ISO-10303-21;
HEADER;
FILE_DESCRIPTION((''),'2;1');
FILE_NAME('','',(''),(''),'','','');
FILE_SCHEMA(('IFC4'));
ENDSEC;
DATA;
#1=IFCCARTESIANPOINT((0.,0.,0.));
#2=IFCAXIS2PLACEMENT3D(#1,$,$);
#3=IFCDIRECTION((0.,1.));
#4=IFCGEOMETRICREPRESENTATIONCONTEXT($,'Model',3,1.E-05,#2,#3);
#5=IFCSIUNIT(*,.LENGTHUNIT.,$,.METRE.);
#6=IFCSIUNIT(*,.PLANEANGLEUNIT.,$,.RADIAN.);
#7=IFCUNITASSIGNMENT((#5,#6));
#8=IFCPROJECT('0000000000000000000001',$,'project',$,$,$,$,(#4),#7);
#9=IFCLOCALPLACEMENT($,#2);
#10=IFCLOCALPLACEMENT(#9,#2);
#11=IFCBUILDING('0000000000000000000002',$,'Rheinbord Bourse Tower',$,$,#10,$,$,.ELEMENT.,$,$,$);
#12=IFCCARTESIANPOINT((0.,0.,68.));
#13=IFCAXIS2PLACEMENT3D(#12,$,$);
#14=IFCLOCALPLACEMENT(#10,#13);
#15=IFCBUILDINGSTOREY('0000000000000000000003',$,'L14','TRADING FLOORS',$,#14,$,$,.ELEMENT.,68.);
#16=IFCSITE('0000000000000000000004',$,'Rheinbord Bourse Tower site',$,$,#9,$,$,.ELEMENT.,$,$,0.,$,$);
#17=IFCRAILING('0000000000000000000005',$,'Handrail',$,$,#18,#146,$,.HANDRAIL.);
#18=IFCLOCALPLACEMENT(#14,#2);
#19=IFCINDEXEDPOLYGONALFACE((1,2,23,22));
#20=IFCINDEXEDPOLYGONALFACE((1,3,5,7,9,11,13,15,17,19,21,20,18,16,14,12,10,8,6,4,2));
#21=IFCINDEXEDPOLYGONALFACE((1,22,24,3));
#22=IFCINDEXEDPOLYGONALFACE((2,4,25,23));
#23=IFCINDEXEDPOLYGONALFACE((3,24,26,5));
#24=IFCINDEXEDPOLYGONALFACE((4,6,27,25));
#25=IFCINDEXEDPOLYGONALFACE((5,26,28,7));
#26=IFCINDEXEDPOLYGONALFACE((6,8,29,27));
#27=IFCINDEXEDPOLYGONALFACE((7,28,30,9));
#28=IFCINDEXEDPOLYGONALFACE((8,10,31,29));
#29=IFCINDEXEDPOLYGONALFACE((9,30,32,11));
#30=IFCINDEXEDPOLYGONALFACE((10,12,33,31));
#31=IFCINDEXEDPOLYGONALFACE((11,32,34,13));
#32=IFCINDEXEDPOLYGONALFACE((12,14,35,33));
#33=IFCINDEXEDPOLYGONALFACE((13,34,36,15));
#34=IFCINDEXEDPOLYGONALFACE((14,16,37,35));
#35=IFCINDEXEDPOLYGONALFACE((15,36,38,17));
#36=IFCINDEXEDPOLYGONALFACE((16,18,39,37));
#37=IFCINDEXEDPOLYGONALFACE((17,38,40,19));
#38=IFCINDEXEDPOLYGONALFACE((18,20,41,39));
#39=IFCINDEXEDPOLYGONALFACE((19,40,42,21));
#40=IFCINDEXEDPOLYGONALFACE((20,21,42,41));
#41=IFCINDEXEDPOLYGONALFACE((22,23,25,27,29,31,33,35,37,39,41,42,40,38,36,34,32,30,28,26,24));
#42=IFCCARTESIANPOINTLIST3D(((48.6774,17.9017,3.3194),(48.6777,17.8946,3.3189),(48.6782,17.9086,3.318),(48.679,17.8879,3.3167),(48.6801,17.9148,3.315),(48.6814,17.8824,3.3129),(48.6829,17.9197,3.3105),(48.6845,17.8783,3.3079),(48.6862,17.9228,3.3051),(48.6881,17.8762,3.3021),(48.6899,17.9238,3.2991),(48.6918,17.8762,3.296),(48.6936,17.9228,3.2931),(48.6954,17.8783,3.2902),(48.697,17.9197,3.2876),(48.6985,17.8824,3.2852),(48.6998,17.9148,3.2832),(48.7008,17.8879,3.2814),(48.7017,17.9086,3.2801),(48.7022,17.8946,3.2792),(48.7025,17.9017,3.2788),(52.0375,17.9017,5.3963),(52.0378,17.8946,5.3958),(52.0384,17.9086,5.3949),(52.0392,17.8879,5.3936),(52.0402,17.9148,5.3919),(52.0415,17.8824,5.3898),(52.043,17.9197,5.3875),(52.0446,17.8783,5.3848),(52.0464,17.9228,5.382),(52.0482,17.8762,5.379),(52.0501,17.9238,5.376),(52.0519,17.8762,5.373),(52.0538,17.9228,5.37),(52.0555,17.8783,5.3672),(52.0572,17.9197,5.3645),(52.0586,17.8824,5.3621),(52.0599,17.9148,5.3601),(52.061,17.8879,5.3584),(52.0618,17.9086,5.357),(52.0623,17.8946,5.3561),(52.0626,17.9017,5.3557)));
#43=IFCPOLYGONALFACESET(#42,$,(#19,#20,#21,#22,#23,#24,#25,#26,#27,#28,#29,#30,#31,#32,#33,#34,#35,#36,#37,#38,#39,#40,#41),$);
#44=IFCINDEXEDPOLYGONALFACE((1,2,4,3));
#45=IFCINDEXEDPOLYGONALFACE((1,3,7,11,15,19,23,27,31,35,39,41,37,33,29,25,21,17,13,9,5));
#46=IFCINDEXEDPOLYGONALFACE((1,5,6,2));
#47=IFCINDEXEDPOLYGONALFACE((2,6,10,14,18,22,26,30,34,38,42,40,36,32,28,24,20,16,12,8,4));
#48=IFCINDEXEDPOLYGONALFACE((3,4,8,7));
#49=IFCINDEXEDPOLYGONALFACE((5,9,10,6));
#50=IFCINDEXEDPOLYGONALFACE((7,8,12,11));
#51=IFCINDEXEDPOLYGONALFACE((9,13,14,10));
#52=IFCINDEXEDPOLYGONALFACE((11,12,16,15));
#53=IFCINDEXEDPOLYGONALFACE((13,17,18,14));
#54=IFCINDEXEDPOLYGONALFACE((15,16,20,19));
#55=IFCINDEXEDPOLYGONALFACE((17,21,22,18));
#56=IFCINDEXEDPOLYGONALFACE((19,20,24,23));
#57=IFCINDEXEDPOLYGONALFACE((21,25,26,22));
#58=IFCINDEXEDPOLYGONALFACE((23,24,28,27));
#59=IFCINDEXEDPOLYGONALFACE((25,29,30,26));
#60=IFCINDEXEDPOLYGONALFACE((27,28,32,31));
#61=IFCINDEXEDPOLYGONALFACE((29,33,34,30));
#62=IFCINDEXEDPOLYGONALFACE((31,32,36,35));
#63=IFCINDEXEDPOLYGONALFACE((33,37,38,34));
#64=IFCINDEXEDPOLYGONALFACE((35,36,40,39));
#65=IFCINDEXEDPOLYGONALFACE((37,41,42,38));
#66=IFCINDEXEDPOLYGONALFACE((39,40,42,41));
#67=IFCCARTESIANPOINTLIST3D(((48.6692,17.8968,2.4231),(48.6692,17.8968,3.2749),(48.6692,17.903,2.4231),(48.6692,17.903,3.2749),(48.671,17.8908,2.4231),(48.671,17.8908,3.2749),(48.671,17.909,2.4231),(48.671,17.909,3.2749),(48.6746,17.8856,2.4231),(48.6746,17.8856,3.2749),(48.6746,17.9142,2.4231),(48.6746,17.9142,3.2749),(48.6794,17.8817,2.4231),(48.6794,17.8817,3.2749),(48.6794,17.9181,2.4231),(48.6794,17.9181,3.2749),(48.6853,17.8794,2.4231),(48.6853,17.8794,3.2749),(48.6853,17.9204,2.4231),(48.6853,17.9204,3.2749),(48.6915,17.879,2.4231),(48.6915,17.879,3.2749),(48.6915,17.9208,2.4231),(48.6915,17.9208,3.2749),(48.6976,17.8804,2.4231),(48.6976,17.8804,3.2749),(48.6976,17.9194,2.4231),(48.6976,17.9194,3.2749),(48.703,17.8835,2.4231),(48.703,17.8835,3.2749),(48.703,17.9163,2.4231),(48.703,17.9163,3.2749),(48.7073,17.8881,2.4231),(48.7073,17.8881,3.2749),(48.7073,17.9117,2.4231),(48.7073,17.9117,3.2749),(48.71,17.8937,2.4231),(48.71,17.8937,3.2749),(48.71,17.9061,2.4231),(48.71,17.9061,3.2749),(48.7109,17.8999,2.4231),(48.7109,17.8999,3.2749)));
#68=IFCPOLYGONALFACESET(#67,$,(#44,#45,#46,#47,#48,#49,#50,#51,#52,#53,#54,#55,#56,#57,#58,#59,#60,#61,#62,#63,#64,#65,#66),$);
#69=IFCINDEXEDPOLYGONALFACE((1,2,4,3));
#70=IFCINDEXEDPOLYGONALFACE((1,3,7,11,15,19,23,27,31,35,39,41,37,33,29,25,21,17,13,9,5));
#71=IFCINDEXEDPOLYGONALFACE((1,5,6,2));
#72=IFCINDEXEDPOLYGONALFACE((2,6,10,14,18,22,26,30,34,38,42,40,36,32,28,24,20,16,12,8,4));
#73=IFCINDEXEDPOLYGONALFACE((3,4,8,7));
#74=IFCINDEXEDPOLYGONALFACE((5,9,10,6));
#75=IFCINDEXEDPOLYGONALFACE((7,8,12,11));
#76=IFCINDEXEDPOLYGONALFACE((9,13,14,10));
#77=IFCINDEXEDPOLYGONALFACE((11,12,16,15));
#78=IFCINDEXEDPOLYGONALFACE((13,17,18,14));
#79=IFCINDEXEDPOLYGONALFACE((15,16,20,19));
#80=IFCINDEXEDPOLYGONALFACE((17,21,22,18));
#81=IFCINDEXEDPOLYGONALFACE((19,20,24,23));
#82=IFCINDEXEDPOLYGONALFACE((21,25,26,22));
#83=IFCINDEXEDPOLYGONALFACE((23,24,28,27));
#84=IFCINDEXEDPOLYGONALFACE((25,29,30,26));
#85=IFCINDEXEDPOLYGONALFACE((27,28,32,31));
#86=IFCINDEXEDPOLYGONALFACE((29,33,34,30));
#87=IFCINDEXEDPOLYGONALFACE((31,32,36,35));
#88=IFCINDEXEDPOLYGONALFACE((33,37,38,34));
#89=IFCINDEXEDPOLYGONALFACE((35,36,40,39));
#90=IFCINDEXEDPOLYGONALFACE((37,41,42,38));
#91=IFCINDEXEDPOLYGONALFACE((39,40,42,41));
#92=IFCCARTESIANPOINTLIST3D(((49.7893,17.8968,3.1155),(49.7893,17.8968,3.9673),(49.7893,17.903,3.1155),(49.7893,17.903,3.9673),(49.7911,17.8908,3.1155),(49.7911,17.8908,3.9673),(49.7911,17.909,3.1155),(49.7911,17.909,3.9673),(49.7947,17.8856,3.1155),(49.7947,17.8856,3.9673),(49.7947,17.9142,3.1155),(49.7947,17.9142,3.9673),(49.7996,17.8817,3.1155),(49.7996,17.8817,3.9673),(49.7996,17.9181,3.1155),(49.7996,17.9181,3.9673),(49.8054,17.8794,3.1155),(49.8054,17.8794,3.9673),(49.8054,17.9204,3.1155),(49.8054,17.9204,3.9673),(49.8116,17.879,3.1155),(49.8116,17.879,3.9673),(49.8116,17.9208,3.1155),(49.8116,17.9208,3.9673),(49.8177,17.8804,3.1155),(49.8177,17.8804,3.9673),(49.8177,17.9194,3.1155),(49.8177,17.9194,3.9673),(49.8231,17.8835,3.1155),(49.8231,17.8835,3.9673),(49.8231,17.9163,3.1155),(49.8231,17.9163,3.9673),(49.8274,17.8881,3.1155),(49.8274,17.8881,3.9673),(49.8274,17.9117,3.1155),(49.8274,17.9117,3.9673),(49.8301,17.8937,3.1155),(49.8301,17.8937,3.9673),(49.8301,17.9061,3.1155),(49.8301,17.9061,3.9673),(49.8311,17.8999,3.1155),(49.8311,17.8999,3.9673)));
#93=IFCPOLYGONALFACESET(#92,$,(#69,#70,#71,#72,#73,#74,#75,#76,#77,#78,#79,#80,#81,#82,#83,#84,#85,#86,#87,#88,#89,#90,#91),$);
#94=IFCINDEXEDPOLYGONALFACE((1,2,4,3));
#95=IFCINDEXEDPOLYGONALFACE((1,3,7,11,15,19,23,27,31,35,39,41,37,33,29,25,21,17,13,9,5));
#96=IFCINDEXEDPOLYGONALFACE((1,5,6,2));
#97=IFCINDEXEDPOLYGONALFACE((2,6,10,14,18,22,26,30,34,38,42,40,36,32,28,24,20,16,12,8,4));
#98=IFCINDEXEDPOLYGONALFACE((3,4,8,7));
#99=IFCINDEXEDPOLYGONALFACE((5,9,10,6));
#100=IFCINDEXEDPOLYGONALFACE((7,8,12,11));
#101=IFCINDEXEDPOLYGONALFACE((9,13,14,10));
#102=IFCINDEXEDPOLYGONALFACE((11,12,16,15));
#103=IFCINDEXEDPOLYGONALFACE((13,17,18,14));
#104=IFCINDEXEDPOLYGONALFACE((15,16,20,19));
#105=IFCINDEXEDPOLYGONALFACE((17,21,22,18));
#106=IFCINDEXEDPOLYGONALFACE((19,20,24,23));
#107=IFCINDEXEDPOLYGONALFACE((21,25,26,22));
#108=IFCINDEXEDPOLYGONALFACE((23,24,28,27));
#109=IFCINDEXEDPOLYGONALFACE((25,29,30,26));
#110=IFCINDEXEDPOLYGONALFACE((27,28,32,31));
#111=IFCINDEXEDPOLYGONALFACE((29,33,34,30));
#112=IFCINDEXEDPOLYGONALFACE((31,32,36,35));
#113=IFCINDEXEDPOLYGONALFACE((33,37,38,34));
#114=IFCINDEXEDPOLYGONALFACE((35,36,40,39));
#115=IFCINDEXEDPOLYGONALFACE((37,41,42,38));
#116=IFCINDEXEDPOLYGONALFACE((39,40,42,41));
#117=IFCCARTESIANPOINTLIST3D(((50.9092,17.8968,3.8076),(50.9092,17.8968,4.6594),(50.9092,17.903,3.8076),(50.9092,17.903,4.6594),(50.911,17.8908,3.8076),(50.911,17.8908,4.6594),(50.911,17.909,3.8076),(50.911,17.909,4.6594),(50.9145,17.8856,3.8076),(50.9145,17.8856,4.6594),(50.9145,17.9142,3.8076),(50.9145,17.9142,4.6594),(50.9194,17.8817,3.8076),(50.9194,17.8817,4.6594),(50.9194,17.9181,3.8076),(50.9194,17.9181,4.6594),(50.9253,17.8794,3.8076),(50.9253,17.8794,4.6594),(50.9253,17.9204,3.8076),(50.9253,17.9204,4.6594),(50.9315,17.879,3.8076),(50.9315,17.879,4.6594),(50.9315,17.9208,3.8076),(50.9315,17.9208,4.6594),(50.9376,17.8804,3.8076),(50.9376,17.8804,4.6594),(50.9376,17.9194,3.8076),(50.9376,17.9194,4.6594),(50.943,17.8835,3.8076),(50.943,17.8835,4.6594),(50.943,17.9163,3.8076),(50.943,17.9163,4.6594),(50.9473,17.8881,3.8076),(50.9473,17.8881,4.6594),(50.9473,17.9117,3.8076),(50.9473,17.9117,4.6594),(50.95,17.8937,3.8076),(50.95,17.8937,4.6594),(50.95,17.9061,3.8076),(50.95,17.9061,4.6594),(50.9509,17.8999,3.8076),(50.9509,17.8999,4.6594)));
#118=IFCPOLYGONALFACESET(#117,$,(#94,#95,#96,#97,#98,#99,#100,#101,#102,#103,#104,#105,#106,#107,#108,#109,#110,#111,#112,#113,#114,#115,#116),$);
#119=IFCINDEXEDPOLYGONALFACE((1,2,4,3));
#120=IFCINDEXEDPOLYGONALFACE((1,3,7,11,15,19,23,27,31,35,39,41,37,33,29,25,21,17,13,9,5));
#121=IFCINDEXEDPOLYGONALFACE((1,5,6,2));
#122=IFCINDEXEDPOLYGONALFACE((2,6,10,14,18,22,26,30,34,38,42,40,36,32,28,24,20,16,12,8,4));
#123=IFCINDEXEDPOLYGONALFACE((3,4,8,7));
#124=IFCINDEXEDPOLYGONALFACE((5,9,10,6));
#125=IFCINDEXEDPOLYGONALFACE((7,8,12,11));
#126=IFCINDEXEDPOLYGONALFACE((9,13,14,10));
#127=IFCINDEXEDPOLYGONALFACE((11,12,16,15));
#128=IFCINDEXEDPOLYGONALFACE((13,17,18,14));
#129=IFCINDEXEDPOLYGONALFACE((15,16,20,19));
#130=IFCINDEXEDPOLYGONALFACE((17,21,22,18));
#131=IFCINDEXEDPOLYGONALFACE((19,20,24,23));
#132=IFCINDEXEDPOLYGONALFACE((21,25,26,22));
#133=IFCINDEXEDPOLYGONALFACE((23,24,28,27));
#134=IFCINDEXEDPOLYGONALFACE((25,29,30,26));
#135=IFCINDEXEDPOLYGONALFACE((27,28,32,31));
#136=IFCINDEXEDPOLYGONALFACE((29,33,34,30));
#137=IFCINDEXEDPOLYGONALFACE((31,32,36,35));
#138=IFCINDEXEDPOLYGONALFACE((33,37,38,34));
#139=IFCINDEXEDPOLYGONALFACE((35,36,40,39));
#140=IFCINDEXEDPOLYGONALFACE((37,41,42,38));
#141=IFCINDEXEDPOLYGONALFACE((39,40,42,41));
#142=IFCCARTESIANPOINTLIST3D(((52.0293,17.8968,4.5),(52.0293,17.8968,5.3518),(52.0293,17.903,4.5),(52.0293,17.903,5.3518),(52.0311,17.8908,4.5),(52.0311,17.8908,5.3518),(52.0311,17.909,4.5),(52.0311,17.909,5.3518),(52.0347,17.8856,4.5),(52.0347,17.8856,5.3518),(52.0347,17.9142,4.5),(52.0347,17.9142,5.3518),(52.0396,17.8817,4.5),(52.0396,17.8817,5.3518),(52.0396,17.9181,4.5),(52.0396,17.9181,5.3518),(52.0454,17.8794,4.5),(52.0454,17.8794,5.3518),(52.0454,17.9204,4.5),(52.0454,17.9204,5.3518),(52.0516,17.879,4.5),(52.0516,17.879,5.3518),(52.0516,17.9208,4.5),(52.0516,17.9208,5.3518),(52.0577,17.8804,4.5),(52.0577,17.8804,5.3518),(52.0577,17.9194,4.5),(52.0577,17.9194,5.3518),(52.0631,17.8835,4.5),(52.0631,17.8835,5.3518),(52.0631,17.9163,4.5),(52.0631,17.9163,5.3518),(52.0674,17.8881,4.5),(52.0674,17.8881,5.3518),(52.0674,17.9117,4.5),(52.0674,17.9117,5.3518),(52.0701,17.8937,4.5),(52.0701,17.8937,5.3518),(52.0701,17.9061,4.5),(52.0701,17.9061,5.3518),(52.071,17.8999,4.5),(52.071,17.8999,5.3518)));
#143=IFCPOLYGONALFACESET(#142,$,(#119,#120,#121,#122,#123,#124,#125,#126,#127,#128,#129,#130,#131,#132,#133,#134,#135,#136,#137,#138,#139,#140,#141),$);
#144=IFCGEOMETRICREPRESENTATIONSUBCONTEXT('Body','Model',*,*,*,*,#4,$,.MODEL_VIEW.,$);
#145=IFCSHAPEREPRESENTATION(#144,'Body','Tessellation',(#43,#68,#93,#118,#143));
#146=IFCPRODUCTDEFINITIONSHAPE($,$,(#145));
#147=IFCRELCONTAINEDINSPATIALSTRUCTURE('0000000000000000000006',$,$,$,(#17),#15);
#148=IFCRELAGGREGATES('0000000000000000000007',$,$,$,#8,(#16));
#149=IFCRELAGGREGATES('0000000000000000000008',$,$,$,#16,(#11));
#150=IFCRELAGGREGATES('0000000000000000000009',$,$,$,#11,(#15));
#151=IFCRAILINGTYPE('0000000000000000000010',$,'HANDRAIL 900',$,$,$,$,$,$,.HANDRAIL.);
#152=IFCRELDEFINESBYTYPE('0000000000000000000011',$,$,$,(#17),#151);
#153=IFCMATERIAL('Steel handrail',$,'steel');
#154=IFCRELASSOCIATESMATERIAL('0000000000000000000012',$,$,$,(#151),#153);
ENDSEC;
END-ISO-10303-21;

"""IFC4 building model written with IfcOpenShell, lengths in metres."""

from ifc_helpers import new_model, si_unit, direction, frame, origin, origin_2d, place, context, subcontext, project, spatial, circle, extrude, material, type_object, element, save


model = new_model("IFC4")

# Units and contexts
model_context = context("Model", 3, precision=1e-05, world=origin(), true_north=direction((0.0, 1.0)))
body_context = subcontext(model_context, "Body", "Model", "MODEL_VIEW")
ifc_project = project(units=[si_unit("LENGTHUNIT", "METRE"), si_unit("PLANEANGLEUNIT", "RADIAN")], contexts=[model_context])

# Site, building, storey
site_placement = place(None, origin())
site = spatial("IfcSite", under=ifc_project, at=site_placement, Name="Rheinbord Bourse Tower site", CompositionType="ELEMENT", RefElevation=0.0)
building_placement = place(site_placement, origin())
building = spatial("IfcBuilding", under=site, at=building_placement, Name="Rheinbord Bourse Tower", CompositionType="ELEMENT")
storey_placement = place(building_placement, frame((0.0, 0.0, 68.0)))
storey = spatial("IfcBuildingStorey", under=building, at=storey_placement, Name="L14", Description="TRADING FLOORS", CompositionType="ELEMENT", Elevation=68.0)

# Railing
ifc_material_1 = material(Name="Steel handrail", Category="steel")
railing_type = type_object("IfcRailingType", Name="HANDRAIL 900", PredefinedType="HANDRAIL", material=ifc_material_1)
railing_1_placement = place(storey_placement, frame((48.6899, 17.8999, 2.4231)))
element("IfcRailing", 1, at=railing_1_placement, inside=storey, type_object=railing_type, Name="Handrail", PredefinedType="HANDRAIL", context=body_context, shape_type="SweptSolid", body=[
    extrude(circle(Radius=0.0239, at=origin_2d()), frame((0.0, 0.0, 0.876), z_axis=(0.850623, 0.0, 0.525776), x_axis=(0.0, 1.0, 0.0)), (0.0, 0.0, 1.0), 3.9502),
    extrude(circle(Radius=0.021, at=origin_2d()), origin(), (0.0, 0.0, 1.0), 0.8518),
    extrude(circle(Radius=0.021, at=origin_2d()), frame((1.1201, 0.0, 0.6924)), (0.0, 0.0, 1.0), 0.8518),
    extrude(circle(Radius=0.021, at=origin_2d()), frame((2.24, 0.0, 1.3845)), (0.0, 0.0, 1.0), 0.8518),
    extrude(circle(Radius=0.021, at=origin_2d()), frame((3.3601, 0.0, 2.0769)), (0.0, 0.0, 1.0), 0.8518),
])

save(model, "model.ifc")
